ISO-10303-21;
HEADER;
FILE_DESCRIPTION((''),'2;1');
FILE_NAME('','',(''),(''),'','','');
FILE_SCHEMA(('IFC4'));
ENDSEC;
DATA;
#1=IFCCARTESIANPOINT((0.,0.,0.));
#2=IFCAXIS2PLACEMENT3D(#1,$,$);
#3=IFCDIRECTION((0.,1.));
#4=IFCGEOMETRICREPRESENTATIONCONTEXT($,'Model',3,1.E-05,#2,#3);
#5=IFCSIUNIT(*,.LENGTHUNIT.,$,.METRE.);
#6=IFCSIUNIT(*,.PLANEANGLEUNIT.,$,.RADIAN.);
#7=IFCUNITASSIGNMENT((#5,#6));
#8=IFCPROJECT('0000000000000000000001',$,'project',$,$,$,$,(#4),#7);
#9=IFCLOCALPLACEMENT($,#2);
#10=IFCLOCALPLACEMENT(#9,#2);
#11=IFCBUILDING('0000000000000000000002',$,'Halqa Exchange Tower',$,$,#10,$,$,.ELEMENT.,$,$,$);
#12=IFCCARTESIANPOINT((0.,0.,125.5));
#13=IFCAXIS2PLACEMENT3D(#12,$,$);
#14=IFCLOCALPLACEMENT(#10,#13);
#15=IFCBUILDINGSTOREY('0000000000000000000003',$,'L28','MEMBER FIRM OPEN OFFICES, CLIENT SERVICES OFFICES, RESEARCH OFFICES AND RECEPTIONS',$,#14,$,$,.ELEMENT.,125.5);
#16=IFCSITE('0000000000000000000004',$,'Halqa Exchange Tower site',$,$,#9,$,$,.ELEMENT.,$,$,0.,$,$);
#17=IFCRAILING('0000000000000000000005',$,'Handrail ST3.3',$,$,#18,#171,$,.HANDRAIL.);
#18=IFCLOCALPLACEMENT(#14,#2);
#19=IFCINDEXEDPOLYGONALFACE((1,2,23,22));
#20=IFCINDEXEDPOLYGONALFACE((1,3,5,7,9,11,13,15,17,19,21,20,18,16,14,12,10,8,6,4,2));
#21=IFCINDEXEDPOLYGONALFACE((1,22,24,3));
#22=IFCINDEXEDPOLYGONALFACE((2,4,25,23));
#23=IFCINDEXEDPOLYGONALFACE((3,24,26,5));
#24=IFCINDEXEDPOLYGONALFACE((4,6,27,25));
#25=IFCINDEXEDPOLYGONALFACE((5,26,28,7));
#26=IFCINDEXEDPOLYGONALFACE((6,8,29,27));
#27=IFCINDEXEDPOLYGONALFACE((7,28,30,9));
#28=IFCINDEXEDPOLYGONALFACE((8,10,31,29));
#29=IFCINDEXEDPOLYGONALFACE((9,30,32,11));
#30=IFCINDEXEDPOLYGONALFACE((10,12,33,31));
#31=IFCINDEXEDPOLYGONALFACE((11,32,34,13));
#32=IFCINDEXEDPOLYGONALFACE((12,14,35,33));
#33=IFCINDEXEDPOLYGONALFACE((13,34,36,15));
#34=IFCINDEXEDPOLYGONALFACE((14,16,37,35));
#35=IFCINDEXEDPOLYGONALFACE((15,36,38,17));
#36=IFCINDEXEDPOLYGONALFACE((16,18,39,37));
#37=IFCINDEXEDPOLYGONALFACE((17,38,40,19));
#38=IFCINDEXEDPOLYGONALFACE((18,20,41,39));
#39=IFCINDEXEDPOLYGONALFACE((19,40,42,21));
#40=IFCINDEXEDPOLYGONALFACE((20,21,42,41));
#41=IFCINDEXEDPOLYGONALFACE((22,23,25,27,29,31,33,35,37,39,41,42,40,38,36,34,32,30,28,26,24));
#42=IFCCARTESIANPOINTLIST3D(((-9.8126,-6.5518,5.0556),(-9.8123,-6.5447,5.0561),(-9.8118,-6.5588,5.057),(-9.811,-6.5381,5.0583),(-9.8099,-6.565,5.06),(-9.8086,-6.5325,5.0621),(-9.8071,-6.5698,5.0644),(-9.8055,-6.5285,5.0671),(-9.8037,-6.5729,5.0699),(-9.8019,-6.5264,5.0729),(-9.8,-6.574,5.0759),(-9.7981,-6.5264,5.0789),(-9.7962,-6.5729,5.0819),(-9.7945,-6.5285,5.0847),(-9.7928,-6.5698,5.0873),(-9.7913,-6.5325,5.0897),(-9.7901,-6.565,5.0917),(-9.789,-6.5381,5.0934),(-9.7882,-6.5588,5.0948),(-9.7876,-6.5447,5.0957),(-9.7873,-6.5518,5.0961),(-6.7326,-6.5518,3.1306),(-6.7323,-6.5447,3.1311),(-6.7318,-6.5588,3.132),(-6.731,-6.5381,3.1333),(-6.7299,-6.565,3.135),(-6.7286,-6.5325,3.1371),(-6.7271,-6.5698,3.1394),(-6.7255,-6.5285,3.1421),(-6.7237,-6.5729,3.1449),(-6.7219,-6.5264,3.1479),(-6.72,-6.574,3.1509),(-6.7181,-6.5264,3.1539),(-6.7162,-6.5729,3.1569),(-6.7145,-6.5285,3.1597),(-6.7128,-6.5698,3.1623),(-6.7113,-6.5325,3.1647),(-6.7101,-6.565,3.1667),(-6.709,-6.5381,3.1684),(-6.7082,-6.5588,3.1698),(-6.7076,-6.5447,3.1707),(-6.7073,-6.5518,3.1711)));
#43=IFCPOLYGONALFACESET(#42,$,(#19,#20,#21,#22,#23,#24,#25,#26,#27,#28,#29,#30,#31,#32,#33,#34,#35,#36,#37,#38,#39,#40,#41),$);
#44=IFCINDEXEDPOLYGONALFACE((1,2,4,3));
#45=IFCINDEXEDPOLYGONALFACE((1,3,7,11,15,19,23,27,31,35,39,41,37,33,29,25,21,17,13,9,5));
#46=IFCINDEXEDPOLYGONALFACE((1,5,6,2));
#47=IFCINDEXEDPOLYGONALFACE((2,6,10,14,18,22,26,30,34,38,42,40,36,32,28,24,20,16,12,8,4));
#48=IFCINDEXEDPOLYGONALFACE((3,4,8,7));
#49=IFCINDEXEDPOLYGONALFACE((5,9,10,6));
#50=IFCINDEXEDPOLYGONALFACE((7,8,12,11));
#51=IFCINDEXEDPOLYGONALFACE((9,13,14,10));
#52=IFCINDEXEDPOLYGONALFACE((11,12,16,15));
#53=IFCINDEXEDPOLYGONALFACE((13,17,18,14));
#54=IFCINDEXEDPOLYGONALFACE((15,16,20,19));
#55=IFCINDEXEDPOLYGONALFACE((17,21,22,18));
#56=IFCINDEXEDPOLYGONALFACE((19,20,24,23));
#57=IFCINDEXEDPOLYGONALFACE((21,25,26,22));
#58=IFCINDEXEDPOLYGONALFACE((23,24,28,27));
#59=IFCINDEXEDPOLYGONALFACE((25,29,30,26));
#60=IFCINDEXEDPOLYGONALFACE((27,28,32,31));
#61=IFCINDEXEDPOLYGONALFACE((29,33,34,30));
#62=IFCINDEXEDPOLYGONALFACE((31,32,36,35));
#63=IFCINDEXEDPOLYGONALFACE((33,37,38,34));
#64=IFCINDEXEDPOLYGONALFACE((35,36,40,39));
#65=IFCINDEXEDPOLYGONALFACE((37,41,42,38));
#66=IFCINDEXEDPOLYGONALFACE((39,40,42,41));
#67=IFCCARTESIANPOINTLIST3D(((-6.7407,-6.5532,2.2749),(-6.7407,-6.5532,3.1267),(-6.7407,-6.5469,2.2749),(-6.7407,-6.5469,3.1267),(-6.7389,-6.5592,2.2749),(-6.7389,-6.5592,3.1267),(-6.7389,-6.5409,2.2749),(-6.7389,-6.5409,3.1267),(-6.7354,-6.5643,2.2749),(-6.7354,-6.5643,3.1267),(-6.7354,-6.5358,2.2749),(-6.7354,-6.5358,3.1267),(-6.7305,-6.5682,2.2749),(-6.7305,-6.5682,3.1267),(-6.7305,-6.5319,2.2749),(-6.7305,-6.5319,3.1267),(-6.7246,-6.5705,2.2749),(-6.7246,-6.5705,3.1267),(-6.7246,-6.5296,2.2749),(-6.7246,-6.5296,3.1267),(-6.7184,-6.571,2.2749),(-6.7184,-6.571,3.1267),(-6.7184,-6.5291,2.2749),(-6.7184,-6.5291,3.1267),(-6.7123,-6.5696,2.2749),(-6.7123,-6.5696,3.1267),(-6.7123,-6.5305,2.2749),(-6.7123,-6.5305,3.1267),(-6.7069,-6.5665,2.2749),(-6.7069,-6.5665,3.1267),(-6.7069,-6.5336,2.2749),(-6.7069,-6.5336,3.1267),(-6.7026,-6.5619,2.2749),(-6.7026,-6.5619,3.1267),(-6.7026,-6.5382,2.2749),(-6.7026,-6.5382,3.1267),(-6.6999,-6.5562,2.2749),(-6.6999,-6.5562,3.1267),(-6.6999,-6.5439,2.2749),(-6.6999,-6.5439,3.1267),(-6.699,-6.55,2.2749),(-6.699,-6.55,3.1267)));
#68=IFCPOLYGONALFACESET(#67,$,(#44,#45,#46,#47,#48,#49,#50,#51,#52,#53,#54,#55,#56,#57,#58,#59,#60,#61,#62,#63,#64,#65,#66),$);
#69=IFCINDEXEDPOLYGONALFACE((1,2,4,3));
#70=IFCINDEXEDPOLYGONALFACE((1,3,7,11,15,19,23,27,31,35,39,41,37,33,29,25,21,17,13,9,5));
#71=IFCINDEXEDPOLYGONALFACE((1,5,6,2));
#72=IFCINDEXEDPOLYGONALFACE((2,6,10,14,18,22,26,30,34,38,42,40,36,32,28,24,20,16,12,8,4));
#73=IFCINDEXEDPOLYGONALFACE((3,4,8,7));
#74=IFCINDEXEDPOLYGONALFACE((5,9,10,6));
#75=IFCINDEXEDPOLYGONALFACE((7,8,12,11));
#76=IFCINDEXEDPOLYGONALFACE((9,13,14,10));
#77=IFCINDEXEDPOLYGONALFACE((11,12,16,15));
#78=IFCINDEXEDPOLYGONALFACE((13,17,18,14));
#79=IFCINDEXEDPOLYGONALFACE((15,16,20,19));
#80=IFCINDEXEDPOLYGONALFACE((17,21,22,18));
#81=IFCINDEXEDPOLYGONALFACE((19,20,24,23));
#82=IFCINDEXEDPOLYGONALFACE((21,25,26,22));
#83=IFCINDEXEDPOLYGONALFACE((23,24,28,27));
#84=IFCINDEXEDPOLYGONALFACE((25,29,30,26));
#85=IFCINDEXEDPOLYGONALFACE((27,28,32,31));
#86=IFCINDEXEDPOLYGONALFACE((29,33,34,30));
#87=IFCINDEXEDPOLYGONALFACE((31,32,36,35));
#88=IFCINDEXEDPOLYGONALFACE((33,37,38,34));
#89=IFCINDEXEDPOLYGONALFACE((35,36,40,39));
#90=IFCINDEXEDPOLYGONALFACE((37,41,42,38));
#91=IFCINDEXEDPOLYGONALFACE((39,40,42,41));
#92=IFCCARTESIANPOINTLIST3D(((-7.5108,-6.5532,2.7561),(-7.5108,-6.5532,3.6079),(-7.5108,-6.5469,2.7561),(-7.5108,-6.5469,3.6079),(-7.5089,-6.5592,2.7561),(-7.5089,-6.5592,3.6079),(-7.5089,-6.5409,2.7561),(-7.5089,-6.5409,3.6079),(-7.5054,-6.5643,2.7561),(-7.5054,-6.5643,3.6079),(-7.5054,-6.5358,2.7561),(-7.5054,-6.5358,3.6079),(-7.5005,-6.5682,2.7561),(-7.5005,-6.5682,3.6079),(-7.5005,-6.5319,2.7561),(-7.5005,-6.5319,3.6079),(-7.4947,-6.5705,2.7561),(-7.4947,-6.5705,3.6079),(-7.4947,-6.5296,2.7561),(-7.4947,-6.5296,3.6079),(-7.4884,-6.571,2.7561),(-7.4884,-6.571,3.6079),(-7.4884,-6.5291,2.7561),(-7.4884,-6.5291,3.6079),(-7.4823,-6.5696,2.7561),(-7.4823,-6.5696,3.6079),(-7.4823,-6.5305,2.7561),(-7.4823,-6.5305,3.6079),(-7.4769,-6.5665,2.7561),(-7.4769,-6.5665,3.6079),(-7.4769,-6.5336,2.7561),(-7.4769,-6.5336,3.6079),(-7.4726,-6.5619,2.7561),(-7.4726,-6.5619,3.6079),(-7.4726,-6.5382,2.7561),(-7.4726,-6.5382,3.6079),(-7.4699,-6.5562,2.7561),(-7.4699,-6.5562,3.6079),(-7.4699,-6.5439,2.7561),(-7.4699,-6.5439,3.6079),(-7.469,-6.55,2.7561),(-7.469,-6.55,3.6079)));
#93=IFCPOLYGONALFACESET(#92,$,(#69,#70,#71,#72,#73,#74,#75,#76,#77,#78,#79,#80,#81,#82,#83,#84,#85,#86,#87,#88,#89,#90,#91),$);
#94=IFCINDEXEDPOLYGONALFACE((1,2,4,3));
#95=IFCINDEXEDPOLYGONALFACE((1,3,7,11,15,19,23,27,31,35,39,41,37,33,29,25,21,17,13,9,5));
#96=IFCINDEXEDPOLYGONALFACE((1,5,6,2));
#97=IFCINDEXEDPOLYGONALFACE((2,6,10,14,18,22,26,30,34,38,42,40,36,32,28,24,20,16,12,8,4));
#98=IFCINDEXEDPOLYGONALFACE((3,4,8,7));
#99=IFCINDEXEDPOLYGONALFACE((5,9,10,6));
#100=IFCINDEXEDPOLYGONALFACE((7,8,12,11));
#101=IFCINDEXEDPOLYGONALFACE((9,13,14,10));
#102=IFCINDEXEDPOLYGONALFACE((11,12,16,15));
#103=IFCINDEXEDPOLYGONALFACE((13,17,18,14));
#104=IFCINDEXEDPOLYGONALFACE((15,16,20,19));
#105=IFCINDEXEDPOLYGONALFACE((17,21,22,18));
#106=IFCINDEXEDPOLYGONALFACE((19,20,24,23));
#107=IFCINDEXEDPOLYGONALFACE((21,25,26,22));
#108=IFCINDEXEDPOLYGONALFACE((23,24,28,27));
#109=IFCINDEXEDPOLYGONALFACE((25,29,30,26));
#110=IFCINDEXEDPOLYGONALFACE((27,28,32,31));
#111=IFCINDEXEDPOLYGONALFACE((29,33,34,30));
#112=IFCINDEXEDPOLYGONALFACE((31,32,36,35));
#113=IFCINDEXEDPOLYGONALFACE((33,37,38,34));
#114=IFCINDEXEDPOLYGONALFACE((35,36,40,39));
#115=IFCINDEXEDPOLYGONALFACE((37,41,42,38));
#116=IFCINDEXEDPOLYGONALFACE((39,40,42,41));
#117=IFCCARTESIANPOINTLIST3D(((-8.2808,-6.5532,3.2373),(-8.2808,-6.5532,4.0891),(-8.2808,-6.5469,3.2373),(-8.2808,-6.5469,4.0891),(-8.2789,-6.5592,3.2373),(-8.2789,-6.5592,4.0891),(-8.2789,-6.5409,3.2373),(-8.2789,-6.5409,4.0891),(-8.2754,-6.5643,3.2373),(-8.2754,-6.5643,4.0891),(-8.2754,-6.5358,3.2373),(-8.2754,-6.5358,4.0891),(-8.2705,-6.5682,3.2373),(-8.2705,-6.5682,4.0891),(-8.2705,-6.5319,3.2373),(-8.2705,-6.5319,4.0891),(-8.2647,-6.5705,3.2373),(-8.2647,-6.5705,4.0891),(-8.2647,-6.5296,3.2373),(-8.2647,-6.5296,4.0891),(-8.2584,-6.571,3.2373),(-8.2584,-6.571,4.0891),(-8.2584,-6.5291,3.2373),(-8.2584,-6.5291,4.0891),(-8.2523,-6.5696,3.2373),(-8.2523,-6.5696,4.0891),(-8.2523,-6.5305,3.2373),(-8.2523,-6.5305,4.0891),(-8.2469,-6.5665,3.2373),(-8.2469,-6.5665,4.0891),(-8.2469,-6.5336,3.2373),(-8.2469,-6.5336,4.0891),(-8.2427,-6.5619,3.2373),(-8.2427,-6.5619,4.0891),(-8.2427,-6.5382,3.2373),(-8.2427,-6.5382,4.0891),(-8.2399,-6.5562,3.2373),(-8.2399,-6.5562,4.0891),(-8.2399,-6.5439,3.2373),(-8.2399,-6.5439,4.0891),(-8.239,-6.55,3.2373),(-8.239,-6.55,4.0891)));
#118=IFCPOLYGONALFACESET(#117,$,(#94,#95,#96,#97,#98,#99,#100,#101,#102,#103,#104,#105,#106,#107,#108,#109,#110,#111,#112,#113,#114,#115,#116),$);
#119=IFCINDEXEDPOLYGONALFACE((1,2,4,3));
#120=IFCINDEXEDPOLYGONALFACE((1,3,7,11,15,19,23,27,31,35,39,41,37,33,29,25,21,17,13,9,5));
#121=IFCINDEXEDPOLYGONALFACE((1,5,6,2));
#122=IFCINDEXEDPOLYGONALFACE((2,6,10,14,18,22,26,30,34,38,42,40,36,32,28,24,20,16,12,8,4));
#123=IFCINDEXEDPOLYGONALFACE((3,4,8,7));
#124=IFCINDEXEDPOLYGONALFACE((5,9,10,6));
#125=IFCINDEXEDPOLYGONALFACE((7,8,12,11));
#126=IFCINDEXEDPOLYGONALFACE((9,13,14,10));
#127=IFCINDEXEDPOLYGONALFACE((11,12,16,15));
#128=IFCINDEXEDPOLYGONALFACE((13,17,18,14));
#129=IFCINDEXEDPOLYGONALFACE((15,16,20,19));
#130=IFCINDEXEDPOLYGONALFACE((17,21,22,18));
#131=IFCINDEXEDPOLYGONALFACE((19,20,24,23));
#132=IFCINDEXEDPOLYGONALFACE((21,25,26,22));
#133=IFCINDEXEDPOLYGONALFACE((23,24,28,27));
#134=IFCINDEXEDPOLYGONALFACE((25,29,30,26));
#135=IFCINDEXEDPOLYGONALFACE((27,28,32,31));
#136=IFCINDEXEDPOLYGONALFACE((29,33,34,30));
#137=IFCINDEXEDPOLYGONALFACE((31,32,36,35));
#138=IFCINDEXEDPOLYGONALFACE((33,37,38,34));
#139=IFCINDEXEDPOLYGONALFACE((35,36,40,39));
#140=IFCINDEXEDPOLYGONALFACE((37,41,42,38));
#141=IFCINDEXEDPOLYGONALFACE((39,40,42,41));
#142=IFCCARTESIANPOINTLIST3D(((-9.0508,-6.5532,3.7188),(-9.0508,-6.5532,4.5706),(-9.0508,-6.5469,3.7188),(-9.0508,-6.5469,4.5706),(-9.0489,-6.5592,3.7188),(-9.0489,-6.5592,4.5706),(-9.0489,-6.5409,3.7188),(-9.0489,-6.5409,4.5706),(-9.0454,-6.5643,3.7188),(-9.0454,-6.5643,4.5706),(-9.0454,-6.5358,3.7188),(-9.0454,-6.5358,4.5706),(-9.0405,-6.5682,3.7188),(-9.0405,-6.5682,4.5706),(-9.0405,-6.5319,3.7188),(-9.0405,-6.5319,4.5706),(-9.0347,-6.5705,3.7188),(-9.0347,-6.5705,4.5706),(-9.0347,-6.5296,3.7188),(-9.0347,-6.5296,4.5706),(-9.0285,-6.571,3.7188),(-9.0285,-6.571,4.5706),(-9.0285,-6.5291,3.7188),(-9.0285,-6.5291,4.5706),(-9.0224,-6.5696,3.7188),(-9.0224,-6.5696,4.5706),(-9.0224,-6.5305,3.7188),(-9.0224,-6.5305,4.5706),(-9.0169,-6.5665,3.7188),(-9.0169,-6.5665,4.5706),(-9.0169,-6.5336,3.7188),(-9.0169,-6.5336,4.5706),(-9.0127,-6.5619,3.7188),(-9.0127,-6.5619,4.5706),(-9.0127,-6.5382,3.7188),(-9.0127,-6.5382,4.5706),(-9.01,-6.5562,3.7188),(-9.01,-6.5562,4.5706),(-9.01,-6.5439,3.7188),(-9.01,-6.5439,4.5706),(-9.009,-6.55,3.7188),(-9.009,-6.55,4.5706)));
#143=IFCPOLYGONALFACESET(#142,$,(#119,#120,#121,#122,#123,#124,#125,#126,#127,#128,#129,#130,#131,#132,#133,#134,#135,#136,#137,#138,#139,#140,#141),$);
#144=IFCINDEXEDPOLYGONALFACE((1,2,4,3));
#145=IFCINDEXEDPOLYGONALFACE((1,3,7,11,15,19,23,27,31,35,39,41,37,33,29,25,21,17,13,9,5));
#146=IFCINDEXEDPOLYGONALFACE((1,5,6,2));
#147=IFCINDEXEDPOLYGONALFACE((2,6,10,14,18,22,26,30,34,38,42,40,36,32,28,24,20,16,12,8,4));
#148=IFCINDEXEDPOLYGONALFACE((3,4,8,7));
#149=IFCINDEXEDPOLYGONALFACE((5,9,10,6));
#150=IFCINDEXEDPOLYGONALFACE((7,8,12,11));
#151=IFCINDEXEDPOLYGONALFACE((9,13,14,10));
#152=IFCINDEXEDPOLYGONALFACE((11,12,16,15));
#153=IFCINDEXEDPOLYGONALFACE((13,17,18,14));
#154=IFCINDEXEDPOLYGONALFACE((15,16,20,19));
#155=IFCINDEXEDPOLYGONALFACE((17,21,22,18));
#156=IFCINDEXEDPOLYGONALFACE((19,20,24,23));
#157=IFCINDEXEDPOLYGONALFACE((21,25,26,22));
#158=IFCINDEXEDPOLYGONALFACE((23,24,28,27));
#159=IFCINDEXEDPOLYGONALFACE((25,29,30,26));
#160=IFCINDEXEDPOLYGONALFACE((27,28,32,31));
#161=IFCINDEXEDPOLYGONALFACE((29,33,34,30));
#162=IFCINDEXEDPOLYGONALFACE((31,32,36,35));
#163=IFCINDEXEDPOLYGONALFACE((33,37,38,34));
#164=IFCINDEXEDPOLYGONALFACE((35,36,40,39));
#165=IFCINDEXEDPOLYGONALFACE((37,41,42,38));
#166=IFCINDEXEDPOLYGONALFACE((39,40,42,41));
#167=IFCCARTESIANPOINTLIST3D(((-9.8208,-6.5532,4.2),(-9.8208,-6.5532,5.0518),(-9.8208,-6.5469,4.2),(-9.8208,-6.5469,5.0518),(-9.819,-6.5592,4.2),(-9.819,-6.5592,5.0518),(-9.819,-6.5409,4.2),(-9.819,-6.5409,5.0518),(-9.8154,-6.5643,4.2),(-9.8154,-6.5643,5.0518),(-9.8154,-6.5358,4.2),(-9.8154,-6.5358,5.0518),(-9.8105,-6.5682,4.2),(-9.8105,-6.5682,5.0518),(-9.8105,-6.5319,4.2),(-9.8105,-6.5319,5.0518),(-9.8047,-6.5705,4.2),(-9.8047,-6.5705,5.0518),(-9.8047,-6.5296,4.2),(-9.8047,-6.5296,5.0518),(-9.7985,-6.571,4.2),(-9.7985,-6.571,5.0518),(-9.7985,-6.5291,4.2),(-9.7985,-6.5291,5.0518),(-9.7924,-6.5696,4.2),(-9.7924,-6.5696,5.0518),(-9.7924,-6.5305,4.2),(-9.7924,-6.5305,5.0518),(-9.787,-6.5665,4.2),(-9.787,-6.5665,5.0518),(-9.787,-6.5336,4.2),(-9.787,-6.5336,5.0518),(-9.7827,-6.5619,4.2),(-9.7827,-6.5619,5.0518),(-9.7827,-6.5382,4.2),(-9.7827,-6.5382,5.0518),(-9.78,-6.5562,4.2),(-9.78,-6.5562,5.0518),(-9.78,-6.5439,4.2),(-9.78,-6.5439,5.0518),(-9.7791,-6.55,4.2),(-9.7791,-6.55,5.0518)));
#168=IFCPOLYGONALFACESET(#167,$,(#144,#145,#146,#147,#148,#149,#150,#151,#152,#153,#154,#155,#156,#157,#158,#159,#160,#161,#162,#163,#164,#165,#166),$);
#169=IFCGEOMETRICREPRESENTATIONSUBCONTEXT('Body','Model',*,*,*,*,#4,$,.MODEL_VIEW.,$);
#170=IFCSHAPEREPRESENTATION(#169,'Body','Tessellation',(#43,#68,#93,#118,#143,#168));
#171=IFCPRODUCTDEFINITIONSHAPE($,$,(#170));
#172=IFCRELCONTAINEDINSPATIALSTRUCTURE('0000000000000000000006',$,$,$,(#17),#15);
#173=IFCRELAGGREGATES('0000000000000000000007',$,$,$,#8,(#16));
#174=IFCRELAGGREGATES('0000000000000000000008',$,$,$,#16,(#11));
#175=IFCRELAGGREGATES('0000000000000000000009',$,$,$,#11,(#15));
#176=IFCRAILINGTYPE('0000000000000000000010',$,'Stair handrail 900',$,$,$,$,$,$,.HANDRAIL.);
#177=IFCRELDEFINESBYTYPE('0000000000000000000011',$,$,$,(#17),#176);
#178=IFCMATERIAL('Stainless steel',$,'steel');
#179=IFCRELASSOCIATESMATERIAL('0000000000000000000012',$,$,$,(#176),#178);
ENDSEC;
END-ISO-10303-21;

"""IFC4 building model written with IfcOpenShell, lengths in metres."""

from ifc_helpers import new_model, si_unit, direction, frame, origin, origin_2d, place, context, subcontext, project, spatial, circle, extrude, material, type_object, element, save


model = new_model("IFC4")

# Units and contexts
model_context = context("Model", 3, precision=1e-05, world=origin(), true_north=direction((0.0, 1.0)))
body_context = subcontext(model_context, "Body", "Model", "MODEL_VIEW")
ifc_project = project(units=[si_unit("LENGTHUNIT", "METRE"), si_unit("PLANEANGLEUNIT", "RADIAN")], contexts=[model_context])

# Site, building, storey
site_placement = place(None, origin())
site = spatial("IfcSite", under=ifc_project, at=site_placement, Name="Halqa Exchange Tower site", CompositionType="ELEMENT", RefElevation=0.0)
building_placement = place(site_placement, origin())
building = spatial("IfcBuilding", under=site, at=building_placement, Name="Halqa Exchange Tower", CompositionType="ELEMENT")
storey_placement = place(building_placement, frame((0.0, 0.0, 125.5)))
storey = spatial("IfcBuildingStorey", under=building, at=storey_placement, Name="L28", Description="MEMBER FIRM OPEN OFFICES, CLIENT SERVICES OFFICES, RESEARCH OFFICES AND RECEPTIONS", CompositionType="ELEMENT", Elevation=125.5)

# Shared definitions
ifc_material_1 = material(Name="Stainless steel", Category="steel")

# Railing
railing_type_1 = type_object("IfcRailingType", Name="Stair handrail 900", PredefinedType="HANDRAIL", material=ifc_material_1)
railing_1_placement = place(storey_placement, frame((-6.72, -6.55, 2.2749)))
element("IfcRailing", 1, at=railing_1_placement, inside=storey, type_object=railing_type_1, Name="Handrail ST3.3", PredefinedType="HANDRAIL", context=body_context, shape_type="SweptSolid", body=[
    extrude(circle(Radius=0.0239, at=origin_2d()), frame((0.0, 0.0, 0.876), z_axis=(-0.847998, 0.0, 0.529999), x_axis=(0.0, -1.0, 0.0)), (0.0, 0.0, 1.0), 3.6321),
    extrude(circle(Radius=0.021, at=origin_2d()), origin(), (0.0, 0.0, 1.0), 0.8518),
    extrude(circle(Radius=0.021, at=origin_2d()), frame((-0.77, 0.0, 0.4812)), (0.0, 0.0, 1.0), 0.8518),
    extrude(circle(Radius=0.021, at=origin_2d()), frame((-1.54, 0.0, 0.9624)), (0.0, 0.0, 1.0), 0.8518),
    extrude(circle(Radius=0.021, at=origin_2d()), frame((-2.3101, 0.0, 1.4438)), (0.0, 0.0, 1.0), 0.8518),
    extrude(circle(Radius=0.021, at=origin_2d()), frame((-3.0801, 0.0, 1.925)), (0.0, 0.0, 1.0), 0.8518),
])

save(model, "model.ifc")
